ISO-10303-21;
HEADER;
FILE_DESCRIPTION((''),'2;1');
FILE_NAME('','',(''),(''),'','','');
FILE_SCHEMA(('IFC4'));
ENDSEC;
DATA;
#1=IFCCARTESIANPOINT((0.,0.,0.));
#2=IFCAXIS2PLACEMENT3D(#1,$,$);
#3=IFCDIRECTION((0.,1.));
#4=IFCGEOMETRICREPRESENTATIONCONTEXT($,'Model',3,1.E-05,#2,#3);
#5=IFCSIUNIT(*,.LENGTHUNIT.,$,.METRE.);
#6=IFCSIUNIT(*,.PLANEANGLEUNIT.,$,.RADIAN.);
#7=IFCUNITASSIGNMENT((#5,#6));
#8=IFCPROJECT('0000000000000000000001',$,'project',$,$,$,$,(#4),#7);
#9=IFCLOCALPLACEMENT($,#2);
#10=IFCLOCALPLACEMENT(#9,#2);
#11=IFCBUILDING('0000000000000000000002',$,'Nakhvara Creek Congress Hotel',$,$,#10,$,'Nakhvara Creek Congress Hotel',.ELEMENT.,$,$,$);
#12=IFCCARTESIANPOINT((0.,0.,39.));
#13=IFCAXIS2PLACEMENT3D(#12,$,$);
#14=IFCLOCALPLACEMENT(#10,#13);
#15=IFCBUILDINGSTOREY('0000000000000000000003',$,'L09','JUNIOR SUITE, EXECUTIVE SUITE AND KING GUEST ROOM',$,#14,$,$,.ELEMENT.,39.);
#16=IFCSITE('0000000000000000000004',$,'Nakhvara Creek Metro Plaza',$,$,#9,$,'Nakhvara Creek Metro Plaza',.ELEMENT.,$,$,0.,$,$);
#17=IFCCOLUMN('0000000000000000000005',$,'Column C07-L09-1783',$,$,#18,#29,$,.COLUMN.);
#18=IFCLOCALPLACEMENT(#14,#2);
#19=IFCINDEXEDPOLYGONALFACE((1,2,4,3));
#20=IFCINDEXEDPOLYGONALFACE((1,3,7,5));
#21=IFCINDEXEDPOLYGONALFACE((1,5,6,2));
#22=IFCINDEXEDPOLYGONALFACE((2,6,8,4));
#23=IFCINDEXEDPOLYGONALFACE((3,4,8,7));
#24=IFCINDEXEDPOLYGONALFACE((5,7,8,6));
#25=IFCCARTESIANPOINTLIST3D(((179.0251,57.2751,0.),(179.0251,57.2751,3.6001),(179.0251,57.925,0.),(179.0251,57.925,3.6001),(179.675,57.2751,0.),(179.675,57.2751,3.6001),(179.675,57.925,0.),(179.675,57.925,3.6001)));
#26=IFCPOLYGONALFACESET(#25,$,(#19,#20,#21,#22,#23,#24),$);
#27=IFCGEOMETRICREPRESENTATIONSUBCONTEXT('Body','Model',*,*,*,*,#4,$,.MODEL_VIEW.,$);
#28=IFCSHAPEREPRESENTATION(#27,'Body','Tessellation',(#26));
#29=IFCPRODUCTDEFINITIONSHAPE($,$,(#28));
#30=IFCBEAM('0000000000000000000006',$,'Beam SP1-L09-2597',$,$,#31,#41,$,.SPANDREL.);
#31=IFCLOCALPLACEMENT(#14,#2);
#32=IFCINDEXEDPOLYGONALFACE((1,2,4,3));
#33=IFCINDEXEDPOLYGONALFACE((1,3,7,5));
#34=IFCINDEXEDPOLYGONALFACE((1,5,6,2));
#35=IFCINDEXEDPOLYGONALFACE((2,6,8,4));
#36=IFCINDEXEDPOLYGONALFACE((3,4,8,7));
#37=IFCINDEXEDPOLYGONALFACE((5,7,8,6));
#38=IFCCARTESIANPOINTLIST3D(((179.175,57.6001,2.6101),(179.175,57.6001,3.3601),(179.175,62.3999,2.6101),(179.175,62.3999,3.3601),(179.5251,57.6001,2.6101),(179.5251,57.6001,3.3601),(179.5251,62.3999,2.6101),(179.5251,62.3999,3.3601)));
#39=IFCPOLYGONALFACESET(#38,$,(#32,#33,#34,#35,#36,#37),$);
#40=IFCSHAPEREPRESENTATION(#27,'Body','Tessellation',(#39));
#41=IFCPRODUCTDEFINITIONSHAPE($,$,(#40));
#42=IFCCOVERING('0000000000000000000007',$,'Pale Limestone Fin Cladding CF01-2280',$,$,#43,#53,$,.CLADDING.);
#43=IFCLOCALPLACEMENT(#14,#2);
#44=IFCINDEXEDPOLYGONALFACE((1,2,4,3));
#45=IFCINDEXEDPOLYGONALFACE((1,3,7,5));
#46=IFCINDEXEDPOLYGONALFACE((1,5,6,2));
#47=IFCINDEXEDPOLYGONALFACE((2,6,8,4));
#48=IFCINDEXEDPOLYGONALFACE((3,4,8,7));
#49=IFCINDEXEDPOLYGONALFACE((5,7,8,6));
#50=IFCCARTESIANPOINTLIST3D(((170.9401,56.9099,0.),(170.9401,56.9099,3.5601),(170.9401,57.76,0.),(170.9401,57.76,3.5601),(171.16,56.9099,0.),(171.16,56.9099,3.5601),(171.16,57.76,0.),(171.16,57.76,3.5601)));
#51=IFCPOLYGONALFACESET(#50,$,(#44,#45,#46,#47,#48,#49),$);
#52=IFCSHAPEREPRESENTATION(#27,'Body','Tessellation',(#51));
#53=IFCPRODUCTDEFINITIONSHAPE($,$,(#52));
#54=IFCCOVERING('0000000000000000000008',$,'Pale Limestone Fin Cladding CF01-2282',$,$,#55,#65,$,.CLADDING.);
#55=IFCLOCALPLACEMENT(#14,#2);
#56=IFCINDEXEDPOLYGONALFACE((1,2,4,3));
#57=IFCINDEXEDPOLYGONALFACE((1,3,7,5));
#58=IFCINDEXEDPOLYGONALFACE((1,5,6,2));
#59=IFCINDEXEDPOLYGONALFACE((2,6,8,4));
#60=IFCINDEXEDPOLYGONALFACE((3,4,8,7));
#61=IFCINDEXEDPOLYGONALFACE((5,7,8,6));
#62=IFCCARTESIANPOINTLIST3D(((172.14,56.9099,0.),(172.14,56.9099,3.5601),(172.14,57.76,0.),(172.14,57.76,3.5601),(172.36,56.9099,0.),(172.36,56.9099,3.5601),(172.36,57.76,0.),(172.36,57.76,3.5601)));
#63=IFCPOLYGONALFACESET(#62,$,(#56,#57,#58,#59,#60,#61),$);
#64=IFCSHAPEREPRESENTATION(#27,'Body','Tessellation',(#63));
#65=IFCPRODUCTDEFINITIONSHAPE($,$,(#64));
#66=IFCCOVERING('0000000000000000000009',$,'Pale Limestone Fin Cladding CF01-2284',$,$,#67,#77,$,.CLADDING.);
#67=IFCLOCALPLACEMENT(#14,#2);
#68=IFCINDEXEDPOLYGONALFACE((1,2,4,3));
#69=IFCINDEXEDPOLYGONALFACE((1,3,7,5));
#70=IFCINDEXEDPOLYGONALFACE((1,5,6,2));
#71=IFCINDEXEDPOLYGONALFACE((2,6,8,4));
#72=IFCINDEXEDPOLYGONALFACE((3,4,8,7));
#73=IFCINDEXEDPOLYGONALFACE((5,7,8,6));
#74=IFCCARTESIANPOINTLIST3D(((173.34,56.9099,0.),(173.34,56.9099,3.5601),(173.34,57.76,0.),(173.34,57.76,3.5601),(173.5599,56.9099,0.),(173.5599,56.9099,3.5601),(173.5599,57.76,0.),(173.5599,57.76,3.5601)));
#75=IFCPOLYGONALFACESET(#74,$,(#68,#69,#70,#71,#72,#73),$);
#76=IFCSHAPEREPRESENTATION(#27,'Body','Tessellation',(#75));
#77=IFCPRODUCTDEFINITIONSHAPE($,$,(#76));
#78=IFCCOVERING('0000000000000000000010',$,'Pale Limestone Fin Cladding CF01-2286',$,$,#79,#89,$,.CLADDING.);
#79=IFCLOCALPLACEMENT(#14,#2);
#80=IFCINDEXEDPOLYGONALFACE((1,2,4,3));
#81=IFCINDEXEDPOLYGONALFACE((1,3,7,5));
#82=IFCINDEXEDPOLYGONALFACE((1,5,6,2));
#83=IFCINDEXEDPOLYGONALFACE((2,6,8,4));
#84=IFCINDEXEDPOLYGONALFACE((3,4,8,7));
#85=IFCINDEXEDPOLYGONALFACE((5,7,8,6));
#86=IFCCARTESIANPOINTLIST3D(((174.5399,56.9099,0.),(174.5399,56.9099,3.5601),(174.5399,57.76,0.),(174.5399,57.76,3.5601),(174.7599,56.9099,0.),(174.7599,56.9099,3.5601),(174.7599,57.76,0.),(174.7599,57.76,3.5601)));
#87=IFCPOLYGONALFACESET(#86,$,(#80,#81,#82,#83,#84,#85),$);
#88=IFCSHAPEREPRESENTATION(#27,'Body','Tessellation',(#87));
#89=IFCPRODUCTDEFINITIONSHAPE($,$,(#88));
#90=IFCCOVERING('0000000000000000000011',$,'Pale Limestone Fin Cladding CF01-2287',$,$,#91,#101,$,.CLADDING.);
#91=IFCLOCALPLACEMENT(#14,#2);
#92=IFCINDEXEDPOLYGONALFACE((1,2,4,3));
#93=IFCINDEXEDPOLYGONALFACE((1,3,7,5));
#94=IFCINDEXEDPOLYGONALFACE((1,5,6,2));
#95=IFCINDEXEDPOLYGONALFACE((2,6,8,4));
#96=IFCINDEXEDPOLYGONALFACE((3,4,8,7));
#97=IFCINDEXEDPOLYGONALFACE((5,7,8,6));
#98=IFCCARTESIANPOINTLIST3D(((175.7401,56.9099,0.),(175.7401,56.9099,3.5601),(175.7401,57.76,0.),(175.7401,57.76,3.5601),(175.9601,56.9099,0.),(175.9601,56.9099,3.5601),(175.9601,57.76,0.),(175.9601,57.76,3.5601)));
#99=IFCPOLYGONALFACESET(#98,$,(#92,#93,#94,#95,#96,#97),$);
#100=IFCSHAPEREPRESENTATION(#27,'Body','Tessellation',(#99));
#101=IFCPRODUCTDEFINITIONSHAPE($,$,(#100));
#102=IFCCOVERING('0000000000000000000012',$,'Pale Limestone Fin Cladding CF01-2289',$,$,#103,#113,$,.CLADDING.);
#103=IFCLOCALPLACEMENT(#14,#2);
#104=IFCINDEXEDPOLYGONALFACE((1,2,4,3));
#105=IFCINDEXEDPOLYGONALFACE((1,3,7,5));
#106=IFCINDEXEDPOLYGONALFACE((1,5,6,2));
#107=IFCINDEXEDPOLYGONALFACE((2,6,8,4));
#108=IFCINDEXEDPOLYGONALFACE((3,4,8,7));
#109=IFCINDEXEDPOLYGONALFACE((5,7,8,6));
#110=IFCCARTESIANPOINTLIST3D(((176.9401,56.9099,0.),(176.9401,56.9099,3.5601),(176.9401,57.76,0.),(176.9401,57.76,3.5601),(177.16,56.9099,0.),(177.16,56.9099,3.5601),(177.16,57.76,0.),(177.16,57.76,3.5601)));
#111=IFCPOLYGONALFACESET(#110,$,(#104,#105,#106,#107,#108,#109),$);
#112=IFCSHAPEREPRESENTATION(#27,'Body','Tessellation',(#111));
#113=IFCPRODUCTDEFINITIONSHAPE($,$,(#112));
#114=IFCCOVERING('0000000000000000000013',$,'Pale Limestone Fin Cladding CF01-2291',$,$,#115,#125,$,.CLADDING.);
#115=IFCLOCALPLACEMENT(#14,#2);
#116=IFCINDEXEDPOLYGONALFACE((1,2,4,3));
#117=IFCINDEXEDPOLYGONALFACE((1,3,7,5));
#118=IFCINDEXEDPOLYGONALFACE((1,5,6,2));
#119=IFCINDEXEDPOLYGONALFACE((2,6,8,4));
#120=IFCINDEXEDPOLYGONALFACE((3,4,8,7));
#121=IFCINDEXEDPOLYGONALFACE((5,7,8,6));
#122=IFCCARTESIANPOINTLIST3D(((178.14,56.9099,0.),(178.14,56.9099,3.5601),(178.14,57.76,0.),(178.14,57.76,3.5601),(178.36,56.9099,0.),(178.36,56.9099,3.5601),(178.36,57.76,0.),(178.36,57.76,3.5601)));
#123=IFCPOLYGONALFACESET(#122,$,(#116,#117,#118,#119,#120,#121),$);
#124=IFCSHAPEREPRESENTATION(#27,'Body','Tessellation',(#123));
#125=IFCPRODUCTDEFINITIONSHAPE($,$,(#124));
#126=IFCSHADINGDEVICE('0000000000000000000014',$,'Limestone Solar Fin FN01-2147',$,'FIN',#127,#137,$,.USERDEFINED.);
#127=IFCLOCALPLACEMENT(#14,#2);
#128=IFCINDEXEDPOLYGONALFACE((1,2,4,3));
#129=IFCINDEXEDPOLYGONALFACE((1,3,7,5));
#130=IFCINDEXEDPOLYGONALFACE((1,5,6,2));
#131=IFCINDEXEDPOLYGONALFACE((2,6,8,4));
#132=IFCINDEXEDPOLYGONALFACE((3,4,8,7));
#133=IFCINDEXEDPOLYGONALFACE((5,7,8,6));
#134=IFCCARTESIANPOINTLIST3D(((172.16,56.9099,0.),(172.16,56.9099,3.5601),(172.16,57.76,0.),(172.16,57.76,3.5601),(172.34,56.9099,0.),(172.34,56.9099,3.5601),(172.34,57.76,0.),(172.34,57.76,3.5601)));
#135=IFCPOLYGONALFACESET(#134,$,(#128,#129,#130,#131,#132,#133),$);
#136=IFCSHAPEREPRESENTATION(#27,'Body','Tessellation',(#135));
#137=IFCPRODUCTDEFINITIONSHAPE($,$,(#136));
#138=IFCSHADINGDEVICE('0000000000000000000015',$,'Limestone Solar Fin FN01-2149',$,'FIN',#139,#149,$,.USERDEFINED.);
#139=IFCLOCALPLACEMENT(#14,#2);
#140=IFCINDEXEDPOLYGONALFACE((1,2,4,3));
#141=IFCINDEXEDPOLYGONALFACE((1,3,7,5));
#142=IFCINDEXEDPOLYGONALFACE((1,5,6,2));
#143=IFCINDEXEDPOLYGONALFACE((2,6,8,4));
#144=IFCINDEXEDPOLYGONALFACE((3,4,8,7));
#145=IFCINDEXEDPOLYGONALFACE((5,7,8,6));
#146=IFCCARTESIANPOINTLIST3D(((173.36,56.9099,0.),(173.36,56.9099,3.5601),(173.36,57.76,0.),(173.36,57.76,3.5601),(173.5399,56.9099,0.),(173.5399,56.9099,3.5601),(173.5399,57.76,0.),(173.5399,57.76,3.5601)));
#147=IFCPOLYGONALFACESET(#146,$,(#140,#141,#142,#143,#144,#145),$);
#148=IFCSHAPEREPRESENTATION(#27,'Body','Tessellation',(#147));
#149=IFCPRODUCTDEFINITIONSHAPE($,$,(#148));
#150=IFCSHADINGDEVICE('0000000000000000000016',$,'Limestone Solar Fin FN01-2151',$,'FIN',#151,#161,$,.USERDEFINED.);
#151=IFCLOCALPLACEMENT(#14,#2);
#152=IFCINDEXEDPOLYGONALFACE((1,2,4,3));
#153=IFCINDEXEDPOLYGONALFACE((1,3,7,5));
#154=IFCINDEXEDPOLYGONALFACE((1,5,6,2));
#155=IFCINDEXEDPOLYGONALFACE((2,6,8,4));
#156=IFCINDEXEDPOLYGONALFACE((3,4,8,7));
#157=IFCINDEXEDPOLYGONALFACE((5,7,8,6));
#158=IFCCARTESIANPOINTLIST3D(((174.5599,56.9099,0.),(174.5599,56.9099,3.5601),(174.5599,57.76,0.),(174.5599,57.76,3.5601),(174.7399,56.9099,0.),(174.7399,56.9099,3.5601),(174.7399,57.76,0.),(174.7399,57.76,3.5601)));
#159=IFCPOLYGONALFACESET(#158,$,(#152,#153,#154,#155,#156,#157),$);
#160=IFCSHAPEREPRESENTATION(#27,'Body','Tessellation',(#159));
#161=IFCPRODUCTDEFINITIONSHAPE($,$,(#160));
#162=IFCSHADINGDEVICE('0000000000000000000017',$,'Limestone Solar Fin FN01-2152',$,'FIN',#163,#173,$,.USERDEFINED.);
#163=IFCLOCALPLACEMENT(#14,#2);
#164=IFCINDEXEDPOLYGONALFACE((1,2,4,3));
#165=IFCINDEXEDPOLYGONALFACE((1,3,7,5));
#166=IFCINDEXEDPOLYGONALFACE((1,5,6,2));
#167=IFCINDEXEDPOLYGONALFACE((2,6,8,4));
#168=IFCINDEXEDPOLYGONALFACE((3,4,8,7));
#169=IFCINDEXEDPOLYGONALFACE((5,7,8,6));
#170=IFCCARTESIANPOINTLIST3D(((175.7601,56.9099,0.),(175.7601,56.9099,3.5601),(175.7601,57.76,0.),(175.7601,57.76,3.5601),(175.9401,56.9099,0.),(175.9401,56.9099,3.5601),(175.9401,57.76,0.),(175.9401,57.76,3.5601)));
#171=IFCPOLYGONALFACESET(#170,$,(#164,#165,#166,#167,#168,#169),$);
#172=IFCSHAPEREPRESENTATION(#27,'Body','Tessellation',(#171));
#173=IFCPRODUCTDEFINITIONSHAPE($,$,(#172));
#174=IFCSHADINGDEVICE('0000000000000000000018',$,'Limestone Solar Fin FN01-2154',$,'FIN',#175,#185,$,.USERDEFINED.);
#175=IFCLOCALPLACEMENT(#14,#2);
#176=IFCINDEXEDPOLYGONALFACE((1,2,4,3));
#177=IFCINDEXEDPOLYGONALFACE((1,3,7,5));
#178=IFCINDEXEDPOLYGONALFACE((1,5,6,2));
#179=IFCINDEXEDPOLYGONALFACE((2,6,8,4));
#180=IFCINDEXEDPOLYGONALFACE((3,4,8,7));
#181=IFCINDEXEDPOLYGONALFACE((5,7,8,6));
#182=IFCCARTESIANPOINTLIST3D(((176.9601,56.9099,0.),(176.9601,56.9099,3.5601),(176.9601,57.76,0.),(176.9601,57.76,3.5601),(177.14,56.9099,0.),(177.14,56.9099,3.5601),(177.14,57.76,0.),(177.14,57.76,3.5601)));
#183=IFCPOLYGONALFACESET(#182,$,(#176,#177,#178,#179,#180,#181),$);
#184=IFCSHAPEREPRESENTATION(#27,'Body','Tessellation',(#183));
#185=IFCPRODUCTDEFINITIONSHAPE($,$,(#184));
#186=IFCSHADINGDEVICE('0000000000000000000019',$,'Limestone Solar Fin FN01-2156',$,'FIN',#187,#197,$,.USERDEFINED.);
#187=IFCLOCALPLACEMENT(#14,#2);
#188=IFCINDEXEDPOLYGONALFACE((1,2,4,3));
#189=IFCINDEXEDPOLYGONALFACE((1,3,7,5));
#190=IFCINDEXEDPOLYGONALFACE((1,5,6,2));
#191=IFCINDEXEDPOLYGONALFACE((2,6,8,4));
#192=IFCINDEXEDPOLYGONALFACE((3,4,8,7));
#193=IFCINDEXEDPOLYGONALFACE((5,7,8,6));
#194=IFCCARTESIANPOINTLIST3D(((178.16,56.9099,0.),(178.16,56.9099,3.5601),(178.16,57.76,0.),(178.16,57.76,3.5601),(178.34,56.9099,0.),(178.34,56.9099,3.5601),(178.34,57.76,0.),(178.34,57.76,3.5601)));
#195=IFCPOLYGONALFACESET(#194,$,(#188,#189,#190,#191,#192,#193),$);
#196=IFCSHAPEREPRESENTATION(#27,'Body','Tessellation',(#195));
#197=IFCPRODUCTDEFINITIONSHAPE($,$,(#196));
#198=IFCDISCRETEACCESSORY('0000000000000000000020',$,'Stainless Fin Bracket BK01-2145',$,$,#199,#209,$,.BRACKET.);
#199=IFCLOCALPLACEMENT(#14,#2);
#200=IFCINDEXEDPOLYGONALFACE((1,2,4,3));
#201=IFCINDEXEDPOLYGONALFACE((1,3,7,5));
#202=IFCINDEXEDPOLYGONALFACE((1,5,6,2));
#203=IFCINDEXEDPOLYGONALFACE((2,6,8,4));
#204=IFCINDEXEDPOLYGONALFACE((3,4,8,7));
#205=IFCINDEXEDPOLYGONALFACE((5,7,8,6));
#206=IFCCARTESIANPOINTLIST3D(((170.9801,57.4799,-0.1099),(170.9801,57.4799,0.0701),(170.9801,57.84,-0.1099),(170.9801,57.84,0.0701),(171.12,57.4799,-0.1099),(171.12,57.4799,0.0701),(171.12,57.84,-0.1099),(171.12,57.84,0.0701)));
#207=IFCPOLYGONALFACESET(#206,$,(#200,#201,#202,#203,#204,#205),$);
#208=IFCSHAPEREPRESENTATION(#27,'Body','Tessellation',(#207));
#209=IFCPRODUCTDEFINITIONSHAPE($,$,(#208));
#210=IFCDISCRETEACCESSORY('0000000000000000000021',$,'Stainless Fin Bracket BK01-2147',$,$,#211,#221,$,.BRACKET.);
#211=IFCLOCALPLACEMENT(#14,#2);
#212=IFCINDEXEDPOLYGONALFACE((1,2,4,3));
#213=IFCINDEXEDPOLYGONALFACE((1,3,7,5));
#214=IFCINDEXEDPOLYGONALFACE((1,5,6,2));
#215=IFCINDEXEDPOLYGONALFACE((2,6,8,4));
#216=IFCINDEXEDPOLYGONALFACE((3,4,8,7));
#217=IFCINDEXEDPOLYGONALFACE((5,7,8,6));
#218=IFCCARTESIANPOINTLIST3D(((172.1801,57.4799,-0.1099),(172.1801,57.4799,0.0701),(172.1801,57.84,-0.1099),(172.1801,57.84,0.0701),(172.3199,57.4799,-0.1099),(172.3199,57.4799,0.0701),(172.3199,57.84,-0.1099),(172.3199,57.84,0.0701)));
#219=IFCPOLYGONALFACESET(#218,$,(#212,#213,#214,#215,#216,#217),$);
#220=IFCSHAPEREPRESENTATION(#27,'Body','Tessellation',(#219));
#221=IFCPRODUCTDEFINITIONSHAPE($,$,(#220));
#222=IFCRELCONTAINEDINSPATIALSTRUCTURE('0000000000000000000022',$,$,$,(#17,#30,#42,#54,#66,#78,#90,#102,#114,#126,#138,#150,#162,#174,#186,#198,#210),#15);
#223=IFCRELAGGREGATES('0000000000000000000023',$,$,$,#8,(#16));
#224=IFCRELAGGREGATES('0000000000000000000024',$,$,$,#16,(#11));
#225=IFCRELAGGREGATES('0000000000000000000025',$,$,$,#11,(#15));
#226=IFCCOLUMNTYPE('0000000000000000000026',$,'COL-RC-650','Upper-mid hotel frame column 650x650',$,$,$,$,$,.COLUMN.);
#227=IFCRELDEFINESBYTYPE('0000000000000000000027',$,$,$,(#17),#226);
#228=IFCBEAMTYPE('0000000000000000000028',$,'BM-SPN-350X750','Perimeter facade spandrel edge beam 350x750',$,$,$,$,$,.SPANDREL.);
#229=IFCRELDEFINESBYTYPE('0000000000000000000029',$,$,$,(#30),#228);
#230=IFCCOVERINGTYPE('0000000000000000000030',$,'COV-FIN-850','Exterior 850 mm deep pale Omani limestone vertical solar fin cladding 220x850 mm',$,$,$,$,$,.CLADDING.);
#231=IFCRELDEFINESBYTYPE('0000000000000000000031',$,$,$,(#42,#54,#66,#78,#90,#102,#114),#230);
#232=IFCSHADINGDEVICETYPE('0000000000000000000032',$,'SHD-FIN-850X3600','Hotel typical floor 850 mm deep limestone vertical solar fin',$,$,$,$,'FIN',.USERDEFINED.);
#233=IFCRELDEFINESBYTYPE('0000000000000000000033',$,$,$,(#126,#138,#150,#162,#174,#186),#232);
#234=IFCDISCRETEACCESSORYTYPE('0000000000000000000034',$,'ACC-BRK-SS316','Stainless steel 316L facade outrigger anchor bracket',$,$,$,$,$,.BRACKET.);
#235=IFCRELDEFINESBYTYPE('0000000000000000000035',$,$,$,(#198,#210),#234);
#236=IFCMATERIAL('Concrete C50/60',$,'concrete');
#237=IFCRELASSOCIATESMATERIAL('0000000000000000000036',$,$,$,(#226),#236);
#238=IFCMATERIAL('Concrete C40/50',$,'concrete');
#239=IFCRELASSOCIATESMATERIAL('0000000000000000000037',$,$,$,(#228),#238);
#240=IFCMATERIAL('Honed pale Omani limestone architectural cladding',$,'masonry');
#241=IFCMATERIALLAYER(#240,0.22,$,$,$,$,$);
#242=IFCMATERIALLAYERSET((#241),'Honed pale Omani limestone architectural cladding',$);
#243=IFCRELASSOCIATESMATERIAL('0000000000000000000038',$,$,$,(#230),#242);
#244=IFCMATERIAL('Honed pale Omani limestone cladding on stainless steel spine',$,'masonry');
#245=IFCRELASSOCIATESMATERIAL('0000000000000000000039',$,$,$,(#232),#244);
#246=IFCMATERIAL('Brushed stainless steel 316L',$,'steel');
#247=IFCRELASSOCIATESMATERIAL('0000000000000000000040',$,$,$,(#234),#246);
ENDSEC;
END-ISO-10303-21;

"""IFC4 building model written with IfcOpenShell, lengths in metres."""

from ifc_helpers import new_model, si_unit, direction, frame, origin, origin_2d, place, context, subcontext, project, spatial, rectangle, extrude, material, layer, layer_set, material_profile, profile_set, type_object, element, save


model = new_model("IFC4")

# Units and contexts
model_context = context("Model", 3, precision=1e-05, world=origin(), true_north=direction((0.0, 1.0)))
body_context = subcontext(model_context, "Body", "Model", "MODEL_VIEW")
ifc_project = project(units=[si_unit("LENGTHUNIT", "METRE"), si_unit("PLANEANGLEUNIT", "RADIAN")], contexts=[model_context])

# Site, building, storey
site_placement = place(None, origin())
site = spatial("IfcSite", under=ifc_project, at=site_placement, Name="Nakhvara Creek Metro Plaza", LongName="Nakhvara Creek Metro Plaza", CompositionType="ELEMENT", RefElevation=0.0)
building_placement = place(site_placement, origin())
building = spatial("IfcBuilding", under=site, at=building_placement, Name="Nakhvara Creek Congress Hotel", LongName="Nakhvara Creek Congress Hotel", CompositionType="ELEMENT")
storey_placement = place(building_placement, frame((0.0, 0.0, 39.0)))
storey = spatial("IfcBuildingStorey", under=building, at=storey_placement, Name="L09", Description="JUNIOR SUITE, EXECUTIVE SUITE AND KING GUEST ROOM", CompositionType="ELEMENT", Elevation=39.0)

# Column
ifc_material_1 = material(Name="Concrete C50/60", Category="concrete")
ifc_material_profile_1 = material_profile(ifc_material_1, rectangle(XDim=0.6499, YDim=0.6499, at=origin_2d()), Name="RC-COL 650x650", Category="LoadBearing")
ifc_profile_set_1 = profile_set([ifc_material_profile_1], Name="Concrete C50/60")
column_type = type_object("IfcColumnType", Name="COL-RC-650", Description="Upper-mid hotel frame column 650x650", PredefinedType="COLUMN", material=ifc_profile_set_1)
column_placement = place(storey_placement, frame((179.3501, 57.6001, 0.0), z_axis=(0.0, 0.0, 1.0), x_axis=(1.0, 0.0, 0.0)))
element("IfcColumn", 1, at=column_placement, inside=storey, type_object=column_type, Name="Column C07-L09-1783", PredefinedType="COLUMN", context=body_context, shape_type="SweptSolid", body=[
    extrude(rectangle(XDim=0.6499, YDim=0.6499, at=origin_2d()), origin(), (0.0, 0.0, 1.0), 3.6001),
])

# Beam
ifc_material_2 = material(Name="Concrete C40/50", Category="concrete")
ifc_material_profile_2 = material_profile(ifc_material_2, rectangle(XDim=0.3501, YDim=0.75, at=origin_2d()), Name="RC-SPANDREL 350x750", Category="LoadBearing")
ifc_profile_set_2 = profile_set([ifc_material_profile_2], Name="Concrete C40/50")
beam_type = type_object("IfcBeamType", Name="BM-SPN-350X750", Description="Perimeter facade spandrel edge beam 350x750", PredefinedType="SPANDREL", material=ifc_profile_set_2)
beam_placement = place(storey_placement, frame((179.3501, 57.6001, 2.9851), z_axis=(0.0, 1.0, 0.0), x_axis=(-1.0, 0.0, 0.0)))
element("IfcBeam", 2, at=beam_placement, inside=storey, type_object=beam_type, Name="Beam SP1-L09-2597", PredefinedType="SPANDREL", context=body_context, shape_type="SweptSolid", body=[
    extrude(rectangle(XDim=0.3501, YDim=0.75, at=origin_2d()), origin(), (0.0, 0.0, 1.0), 4.7998),
])

# Coverings
ifc_material_3 = material(Name="Honed pale Omani limestone architectural cladding", Category="masonry")
ifc_layer = layer(ifc_material_3, 0.22)
ifc_layer_set = layer_set([ifc_layer], Name="Honed pale Omani limestone architectural cladding")
covering_type = type_object("IfcCoveringType", Name="COV-FIN-850", Description="Exterior 850 mm deep pale Omani limestone vertical solar fin cladding 220x850 mm", PredefinedType="CLADDING", material=ifc_layer_set)
for number, where, z_axis, x_axis, name in (
    (3, (171.05, 57.335, 0.0), (0.0, 0.0, 1.0), (1.0, 0.0, 0.0), "Pale Limestone Fin Cladding CF01-2280"),
    (4, (172.25, 57.335, 0.0), (0.0, 0.0, 1.0), (1.0, 0.0, 0.0), "Pale Limestone Fin Cladding CF01-2282"),
    (5, (173.45, 57.335, 0.0), (0.0, 0.0, 1.0), (1.0, 0.0, 0.0), "Pale Limestone Fin Cladding CF01-2284"),
    (6, (174.6499, 57.335, 0.0), (0.0, 0.0, 1.0), (1.0, 0.0, 0.0), "Pale Limestone Fin Cladding CF01-2286"),
    (7, (175.8501, 57.335, 0.0), (0.0, 0.0, 1.0), (1.0, 0.0, 0.0), "Pale Limestone Fin Cladding CF01-2287"),
    (8, (177.05, 57.335, 0.0), (0.0, 0.0, 1.0), (1.0, 0.0, 0.0), "Pale Limestone Fin Cladding CF01-2289"),
    (9, (178.25, 57.335, 0.0), (0.0, 0.0, 1.0), (1.0, 0.0, 0.0), "Pale Limestone Fin Cladding CF01-2291"),
):
    element("IfcCovering", number, at=place(storey_placement, frame(where, z_axis=z_axis, x_axis=x_axis)), inside=storey, type_object=covering_type, Name=name, PredefinedType="CLADDING", context=body_context, shape_type="SweptSolid", body=[
        extrude(rectangle(XDim=0.22, YDim=0.8501, at=origin_2d()), origin(), (0.0, 0.0, 1.0), 3.5601),
    ])

# Shading devices
ifc_material_4 = material(Name="Honed pale Omani limestone cladding on stainless steel spine", Category="masonry")
shading_device_type = type_object("IfcShadingDeviceType", Name="SHD-FIN-850X3600", Description="Hotel typical floor 850 mm deep limestone vertical solar fin", ElementType="FIN", PredefinedType="USERDEFINED", material=ifc_material_4)
for number, where, z_axis, x_axis, name in (
    (10, (172.25, 57.335, 0.0), (0.0, 0.0, 1.0), (1.0, 0.0, 0.0), "Limestone Solar Fin FN01-2147"),
    (11, (173.45, 57.335, 0.0), (0.0, 0.0, 1.0), (1.0, 0.0, 0.0), "Limestone Solar Fin FN01-2149"),
    (12, (174.6499, 57.335, 0.0), (0.0, 0.0, 1.0), (1.0, 0.0, 0.0), "Limestone Solar Fin FN01-2151"),
    (13, (175.8501, 57.335, 0.0), (0.0, 0.0, 1.0), (1.0, 0.0, 0.0), "Limestone Solar Fin FN01-2152"),
    (14, (177.05, 57.335, 0.0), (0.0, 0.0, 1.0), (1.0, 0.0, 0.0), "Limestone Solar Fin FN01-2154"),
    (15, (178.25, 57.335, 0.0), (0.0, 0.0, 1.0), (1.0, 0.0, 0.0), "Limestone Solar Fin FN01-2156"),
):
    element("IfcShadingDevice", number, at=place(storey_placement, frame(where, z_axis=z_axis, x_axis=x_axis)), inside=storey, type_object=shading_device_type, Name=name, ObjectType="FIN", PredefinedType="USERDEFINED", context=body_context, shape_type="SweptSolid", body=[
        extrude(rectangle(XDim=0.1799, YDim=0.8501, at=origin_2d()), origin(), (0.0, 0.0, 1.0), 3.5601),
    ])

# Discrete accessories
ifc_material_5 = material(Name="Brushed stainless steel 316L", Category="steel")
discrete_accessory_type = type_object("IfcDiscreteAccessoryType", Name="ACC-BRK-SS316", Description="Stainless steel 316L facade outrigger anchor bracket", PredefinedType="BRACKET", material=ifc_material_5)
for number, where, z_axis, x_axis, name in (
    (16, (171.05, 57.6599, -0.1099), (0.0, 0.0, 1.0), (1.0, 0.0, 0.0), "Stainless Fin Bracket BK01-2145"),
    (17, (172.25, 57.6599, -0.1099), (0.0, 0.0, 1.0), (1.0, 0.0, 0.0), "Stainless Fin Bracket BK01-2147"),
):
    element("IfcDiscreteAccessory", number, at=place(storey_placement, frame(where, z_axis=z_axis, x_axis=x_axis)), inside=storey, type_object=discrete_accessory_type, Name=name, PredefinedType="BRACKET", context=body_context, shape_type="SweptSolid", body=[
        extrude(rectangle(XDim=0.1399, YDim=0.3601, at=origin_2d()), origin(), (0.0, 0.0, 1.0), 0.1799),
    ])

save(model, "model.ifc")
